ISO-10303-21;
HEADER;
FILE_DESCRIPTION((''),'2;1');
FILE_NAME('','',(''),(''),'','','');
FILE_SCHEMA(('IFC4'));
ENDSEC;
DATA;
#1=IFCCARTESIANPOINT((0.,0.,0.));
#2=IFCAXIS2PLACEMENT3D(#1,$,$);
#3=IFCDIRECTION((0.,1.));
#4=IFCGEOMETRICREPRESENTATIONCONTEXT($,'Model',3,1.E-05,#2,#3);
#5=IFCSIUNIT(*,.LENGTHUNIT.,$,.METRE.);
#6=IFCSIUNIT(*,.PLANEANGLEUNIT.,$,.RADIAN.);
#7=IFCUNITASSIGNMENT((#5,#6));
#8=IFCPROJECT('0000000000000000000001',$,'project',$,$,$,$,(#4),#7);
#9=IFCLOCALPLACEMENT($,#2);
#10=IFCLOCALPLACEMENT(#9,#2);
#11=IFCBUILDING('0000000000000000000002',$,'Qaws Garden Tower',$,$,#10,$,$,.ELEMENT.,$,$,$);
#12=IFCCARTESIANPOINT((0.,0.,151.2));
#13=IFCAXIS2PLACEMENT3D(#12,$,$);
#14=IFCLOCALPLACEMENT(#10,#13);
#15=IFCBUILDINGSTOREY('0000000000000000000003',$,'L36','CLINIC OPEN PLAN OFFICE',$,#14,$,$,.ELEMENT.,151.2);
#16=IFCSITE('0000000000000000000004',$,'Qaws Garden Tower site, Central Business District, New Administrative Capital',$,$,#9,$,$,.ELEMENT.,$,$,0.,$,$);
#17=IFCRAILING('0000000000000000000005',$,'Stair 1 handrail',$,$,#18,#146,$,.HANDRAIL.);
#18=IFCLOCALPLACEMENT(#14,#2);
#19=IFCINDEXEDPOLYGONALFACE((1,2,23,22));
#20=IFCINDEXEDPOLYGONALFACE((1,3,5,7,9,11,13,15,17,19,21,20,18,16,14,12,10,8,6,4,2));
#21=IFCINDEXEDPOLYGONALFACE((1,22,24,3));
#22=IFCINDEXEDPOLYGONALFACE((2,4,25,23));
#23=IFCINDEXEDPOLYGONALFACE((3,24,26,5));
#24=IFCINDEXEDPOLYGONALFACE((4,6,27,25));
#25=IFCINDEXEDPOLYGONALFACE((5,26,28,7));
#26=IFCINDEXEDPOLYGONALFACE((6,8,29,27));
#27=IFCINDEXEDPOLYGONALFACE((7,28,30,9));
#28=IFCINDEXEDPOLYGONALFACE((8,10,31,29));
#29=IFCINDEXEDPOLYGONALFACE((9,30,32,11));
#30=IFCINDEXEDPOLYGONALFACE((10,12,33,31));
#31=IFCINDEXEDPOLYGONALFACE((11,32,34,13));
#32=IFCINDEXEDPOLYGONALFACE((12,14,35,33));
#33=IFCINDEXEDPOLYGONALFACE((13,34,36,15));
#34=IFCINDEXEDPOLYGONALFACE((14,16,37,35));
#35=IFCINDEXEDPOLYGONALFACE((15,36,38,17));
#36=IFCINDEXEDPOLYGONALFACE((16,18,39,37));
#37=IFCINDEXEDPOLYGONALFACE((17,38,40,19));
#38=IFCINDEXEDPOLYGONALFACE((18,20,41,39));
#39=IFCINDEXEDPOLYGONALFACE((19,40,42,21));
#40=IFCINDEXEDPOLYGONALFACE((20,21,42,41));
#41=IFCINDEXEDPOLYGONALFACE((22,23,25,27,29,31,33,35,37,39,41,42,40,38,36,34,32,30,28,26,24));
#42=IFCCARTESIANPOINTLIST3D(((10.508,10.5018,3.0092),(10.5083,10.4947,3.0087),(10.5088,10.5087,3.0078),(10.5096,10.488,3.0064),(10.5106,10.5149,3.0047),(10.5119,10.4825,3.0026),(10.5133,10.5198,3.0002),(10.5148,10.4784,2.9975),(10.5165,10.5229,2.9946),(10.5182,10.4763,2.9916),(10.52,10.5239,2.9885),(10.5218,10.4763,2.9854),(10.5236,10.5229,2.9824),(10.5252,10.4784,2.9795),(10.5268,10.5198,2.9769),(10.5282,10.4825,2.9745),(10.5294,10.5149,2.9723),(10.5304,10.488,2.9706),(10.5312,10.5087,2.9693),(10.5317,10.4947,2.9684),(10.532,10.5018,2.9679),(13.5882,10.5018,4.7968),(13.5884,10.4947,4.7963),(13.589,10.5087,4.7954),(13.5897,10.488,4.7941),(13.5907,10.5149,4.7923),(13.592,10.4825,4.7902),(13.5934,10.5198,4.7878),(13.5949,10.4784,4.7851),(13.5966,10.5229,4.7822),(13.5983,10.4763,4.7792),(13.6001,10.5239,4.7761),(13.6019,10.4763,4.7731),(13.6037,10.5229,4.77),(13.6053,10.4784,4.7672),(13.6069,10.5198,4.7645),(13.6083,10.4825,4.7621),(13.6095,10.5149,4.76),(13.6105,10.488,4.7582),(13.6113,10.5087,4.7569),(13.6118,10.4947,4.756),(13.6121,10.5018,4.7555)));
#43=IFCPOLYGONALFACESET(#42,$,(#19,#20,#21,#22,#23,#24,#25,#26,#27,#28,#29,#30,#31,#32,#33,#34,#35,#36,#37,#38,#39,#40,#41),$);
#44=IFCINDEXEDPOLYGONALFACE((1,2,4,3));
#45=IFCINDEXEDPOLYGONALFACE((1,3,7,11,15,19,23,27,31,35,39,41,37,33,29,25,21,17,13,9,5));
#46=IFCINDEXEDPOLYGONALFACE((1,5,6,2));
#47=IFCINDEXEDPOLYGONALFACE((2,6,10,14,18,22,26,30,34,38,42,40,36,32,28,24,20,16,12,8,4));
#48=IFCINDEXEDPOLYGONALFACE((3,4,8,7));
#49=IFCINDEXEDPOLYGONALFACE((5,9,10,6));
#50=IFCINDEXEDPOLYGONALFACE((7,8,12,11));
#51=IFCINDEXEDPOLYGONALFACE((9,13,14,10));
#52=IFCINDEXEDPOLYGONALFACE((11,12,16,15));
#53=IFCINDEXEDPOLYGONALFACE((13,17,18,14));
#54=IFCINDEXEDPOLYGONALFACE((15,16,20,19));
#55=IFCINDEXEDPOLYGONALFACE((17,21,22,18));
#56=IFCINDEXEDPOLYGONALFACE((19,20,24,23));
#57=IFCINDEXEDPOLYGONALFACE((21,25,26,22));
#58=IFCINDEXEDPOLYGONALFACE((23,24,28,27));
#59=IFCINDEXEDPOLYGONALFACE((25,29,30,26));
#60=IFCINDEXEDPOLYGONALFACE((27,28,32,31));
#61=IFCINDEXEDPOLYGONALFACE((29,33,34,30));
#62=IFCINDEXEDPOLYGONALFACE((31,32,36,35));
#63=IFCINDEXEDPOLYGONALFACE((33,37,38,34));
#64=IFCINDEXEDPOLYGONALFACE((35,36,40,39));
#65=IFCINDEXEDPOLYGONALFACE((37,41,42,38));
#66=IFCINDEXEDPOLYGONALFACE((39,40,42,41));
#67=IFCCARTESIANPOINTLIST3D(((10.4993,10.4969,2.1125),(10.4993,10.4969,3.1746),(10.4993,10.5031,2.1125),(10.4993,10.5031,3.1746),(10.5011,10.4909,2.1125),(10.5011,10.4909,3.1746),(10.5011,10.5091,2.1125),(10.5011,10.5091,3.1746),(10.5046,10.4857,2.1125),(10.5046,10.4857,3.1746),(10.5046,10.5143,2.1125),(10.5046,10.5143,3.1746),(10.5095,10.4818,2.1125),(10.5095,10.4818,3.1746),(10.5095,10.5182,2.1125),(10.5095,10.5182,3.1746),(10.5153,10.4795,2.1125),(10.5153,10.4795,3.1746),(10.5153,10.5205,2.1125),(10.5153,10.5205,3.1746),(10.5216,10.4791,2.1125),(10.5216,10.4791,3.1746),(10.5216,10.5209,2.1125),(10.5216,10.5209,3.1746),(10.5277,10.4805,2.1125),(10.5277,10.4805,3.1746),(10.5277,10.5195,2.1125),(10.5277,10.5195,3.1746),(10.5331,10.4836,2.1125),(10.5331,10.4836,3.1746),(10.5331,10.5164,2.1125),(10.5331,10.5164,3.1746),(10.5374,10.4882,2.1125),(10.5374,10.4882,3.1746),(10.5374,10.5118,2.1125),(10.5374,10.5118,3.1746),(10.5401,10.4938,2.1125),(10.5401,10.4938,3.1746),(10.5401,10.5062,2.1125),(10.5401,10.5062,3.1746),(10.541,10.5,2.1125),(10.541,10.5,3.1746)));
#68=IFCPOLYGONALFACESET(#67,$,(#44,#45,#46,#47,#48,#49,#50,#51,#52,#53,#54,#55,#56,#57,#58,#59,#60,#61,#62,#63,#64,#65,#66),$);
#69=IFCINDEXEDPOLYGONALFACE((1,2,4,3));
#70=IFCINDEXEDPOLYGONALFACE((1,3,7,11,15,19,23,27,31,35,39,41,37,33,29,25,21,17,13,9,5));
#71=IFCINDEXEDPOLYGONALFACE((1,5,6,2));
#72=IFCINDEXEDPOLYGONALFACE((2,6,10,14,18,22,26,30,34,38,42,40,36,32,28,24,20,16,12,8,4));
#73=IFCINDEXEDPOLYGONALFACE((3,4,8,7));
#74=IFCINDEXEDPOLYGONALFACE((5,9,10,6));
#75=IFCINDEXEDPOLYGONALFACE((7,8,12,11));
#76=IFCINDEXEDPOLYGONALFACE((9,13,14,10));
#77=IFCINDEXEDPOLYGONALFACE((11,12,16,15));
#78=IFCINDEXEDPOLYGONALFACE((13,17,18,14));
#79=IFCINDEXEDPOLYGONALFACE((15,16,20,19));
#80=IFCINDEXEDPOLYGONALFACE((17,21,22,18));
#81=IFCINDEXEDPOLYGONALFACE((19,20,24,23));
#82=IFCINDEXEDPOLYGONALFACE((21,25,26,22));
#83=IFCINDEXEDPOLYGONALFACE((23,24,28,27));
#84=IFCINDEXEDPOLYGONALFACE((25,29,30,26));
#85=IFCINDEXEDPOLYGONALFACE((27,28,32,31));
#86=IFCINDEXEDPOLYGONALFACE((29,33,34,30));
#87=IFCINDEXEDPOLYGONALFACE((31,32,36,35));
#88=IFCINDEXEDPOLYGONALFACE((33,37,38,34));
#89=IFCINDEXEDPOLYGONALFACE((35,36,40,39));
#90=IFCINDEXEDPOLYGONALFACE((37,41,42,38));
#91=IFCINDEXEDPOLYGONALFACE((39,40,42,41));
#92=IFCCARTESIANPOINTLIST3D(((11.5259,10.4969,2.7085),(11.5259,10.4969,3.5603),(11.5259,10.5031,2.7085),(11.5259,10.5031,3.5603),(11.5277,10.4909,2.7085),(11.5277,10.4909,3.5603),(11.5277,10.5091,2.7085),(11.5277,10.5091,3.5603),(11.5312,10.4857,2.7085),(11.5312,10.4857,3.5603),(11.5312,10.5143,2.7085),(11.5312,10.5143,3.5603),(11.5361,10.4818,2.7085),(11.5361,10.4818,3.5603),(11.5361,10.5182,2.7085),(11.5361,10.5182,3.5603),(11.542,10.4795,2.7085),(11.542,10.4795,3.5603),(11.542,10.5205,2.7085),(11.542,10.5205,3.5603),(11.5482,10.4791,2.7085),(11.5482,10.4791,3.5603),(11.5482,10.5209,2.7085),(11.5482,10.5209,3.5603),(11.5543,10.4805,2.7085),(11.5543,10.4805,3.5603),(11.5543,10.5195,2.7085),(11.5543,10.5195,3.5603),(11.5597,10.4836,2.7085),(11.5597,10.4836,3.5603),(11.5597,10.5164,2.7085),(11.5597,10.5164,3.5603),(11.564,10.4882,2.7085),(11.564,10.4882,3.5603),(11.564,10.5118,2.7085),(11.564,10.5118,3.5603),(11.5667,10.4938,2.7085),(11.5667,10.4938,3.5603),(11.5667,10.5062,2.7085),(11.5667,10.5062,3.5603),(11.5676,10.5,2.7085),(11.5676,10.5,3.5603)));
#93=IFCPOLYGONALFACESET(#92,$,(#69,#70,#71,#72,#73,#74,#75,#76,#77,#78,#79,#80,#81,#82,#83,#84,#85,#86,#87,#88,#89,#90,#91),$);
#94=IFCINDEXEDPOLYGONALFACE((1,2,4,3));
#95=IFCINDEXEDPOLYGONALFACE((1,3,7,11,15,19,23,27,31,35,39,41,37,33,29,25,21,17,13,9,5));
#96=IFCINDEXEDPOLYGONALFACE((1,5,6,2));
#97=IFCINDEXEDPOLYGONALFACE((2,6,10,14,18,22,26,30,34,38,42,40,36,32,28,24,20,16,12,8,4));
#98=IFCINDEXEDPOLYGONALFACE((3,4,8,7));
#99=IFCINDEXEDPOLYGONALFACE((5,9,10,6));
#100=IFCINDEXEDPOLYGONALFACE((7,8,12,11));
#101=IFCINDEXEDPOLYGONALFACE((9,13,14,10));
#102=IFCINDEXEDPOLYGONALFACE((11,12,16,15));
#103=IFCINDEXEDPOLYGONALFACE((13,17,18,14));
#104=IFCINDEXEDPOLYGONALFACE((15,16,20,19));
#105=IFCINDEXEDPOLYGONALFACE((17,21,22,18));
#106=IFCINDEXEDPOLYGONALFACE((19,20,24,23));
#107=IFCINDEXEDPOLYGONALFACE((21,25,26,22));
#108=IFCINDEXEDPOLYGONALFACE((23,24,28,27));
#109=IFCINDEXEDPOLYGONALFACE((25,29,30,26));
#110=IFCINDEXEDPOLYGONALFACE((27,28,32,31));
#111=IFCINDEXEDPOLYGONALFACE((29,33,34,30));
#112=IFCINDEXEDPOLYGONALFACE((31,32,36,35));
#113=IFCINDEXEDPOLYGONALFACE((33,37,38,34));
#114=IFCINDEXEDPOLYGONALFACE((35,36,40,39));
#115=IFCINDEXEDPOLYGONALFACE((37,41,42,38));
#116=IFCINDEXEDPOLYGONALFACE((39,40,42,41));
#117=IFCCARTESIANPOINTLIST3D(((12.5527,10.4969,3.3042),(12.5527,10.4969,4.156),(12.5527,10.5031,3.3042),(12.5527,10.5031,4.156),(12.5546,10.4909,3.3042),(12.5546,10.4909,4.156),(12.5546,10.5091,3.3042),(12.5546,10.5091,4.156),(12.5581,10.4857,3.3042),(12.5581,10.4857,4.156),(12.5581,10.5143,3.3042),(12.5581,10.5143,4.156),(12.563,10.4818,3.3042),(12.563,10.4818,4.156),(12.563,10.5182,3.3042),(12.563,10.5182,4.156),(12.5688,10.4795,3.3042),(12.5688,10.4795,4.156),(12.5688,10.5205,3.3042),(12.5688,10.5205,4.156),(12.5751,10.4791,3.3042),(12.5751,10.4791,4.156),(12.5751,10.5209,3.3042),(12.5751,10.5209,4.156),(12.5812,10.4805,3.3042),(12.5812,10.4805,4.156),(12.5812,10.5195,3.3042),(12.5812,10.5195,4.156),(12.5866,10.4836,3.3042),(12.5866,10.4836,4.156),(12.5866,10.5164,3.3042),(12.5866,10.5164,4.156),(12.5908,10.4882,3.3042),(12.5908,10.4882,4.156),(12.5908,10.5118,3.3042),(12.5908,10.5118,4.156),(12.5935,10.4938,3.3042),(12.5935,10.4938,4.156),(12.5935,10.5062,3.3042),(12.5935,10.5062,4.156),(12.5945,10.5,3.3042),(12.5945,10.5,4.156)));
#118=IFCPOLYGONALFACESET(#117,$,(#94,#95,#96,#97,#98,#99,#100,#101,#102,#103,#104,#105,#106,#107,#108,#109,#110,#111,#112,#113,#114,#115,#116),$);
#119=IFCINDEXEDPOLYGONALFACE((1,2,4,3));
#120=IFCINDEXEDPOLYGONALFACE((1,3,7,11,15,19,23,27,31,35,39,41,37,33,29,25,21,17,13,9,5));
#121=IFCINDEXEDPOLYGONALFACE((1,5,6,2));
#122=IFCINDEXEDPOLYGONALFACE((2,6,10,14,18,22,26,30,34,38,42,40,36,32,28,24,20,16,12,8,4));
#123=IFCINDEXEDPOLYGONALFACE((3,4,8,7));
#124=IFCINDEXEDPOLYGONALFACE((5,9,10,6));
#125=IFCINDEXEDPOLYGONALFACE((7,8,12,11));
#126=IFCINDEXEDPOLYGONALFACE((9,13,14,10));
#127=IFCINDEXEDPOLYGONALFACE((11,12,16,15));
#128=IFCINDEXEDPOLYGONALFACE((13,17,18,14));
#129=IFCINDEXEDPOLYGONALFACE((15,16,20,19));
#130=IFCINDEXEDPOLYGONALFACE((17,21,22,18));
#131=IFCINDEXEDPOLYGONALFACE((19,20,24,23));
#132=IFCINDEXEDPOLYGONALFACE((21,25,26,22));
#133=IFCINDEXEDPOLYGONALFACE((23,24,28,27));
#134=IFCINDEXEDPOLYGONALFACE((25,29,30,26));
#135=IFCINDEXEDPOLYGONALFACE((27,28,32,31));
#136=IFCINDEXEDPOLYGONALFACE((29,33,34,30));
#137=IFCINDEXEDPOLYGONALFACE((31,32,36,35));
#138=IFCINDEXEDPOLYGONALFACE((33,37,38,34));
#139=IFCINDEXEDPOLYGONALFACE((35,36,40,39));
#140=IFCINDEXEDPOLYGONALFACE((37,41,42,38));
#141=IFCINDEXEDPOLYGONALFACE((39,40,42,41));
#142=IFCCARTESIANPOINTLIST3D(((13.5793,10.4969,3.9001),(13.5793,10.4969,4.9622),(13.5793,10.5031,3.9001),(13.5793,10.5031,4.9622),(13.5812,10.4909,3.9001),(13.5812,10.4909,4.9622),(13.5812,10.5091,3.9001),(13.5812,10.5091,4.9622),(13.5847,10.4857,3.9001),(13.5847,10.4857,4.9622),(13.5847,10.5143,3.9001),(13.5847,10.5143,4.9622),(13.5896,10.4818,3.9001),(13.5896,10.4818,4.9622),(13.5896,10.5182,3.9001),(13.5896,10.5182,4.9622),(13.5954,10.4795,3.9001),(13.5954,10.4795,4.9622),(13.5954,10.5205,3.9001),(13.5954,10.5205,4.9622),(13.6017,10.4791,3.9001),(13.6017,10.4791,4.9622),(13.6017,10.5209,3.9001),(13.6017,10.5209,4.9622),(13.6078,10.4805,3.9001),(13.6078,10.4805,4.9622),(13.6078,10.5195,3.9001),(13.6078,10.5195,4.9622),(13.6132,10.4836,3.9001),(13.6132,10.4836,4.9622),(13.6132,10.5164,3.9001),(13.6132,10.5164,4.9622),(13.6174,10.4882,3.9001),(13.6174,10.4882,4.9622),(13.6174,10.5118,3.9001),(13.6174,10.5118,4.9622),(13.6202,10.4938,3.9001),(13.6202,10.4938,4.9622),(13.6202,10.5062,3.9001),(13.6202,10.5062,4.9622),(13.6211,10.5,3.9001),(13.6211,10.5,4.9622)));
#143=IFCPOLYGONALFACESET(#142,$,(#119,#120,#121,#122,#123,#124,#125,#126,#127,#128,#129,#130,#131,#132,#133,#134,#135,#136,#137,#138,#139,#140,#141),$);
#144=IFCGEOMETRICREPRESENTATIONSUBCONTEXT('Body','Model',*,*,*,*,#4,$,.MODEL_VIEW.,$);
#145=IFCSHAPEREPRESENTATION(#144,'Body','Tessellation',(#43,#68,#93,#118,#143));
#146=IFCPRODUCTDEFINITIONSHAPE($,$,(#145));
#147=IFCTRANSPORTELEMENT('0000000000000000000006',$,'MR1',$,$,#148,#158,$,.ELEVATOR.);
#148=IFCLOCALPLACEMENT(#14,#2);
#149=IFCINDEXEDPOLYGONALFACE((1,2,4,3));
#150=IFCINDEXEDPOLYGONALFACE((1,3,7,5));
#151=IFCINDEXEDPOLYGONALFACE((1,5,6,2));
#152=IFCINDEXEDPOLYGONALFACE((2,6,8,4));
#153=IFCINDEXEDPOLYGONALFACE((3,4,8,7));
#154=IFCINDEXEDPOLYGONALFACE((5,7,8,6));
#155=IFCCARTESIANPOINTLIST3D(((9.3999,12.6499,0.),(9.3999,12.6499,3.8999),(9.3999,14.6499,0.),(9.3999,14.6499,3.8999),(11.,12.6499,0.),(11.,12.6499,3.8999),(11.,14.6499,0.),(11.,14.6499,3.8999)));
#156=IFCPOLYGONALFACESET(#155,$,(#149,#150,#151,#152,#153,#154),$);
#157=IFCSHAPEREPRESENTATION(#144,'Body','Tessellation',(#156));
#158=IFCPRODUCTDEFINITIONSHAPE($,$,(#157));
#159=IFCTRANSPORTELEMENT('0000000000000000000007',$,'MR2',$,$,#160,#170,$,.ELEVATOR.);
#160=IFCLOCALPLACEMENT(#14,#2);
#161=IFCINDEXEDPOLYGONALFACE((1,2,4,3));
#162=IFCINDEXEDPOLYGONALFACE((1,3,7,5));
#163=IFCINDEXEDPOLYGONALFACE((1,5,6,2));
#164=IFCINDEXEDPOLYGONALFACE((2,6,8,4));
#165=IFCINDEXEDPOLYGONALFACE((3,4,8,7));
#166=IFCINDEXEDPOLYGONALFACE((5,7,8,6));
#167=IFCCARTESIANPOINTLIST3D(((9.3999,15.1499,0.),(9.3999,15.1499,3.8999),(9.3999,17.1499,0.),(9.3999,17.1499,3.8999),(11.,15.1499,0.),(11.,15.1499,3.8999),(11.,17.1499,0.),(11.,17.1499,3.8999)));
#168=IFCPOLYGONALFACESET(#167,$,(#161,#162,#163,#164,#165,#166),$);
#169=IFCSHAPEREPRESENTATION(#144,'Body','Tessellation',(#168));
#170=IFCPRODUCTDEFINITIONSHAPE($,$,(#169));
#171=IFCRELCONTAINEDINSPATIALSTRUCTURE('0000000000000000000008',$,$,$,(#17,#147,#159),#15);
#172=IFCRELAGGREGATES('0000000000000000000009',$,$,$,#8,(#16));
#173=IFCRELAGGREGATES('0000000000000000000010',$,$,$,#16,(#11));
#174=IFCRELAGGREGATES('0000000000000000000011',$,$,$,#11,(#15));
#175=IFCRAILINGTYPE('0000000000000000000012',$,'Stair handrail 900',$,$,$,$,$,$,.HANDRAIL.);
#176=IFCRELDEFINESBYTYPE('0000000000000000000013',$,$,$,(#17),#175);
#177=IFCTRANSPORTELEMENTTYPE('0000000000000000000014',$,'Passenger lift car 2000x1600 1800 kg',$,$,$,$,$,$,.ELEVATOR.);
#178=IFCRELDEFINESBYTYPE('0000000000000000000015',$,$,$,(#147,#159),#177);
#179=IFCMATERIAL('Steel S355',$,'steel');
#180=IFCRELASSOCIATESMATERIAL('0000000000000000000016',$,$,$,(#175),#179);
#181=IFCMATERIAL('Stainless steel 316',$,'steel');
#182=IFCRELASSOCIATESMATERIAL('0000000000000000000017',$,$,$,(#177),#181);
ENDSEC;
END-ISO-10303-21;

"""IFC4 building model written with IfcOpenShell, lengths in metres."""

from ifc_helpers import new_model, si_unit, direction, frame, origin, origin_2d, place, context, subcontext, project, spatial, rectangle, circle, extrude, material, type_object, element, save


model = new_model("IFC4")

# Units and contexts
model_context = context("Model", 3, precision=1e-05, world=origin(), true_north=direction((0.0, 1.0)))
body_context = subcontext(model_context, "Body", "Model", "MODEL_VIEW")
ifc_project = project(units=[si_unit("LENGTHUNIT", "METRE"), si_unit("PLANEANGLEUNIT", "RADIAN")], contexts=[model_context])

# Site, building, storey
site_placement = place(None, origin())
site = spatial("IfcSite", under=ifc_project, at=site_placement, Name="Qaws Garden Tower site, Central Business District, New Administrative Capital", CompositionType="ELEMENT", RefElevation=0.0)
building_placement = place(site_placement, origin())
building = spatial("IfcBuilding", under=site, at=building_placement, Name="Qaws Garden Tower", CompositionType="ELEMENT")
storey_placement = place(building_placement, frame((0.0, 0.0, 151.2)))
storey = spatial("IfcBuildingStorey", under=building, at=storey_placement, Name="L36", Description="CLINIC OPEN PLAN OFFICE", CompositionType="ELEMENT", Elevation=151.2)

# Railing
ifc_material_1 = material(Name="Steel S355", Category="steel")
railing_type = type_object("IfcRailingType", Name="Stair handrail 900", PredefinedType="HANDRAIL", material=ifc_material_1)
railing_1_placement = place(storey_placement, frame((10.52, 10.5, 2.1125)))
element("IfcRailing", 1, at=railing_1_placement, inside=storey, type_object=railing_type, Name="Stair 1 handrail", PredefinedType="HANDRAIL", context=body_context, shape_type="SweptSolid", body=[
    extrude(circle(Radius=0.0239, at=origin_2d()), frame((0.0, 0.0, 0.876), z_axis=(0.864891, 0.0, 0.50196), x_axis=(0.0, 1.0, 0.0)), (0.0, 0.0, 1.0), 3.5613),
    extrude(circle(Radius=0.021, at=origin_2d()), origin(), (0.0, 0.0, 1.0), 1.062),
    extrude(circle(Radius=0.021, at=origin_2d()), frame((1.0266, 0.0, 0.5959)), (0.0, 0.0, 1.0), 0.8518),
    extrude(circle(Radius=0.021, at=origin_2d()), frame((2.0535, 0.0, 1.1917)), (0.0, 0.0, 1.0), 0.8518),
    extrude(circle(Radius=0.021, at=origin_2d()), frame((3.0801, 0.0, 1.7876)), (0.0, 0.0, 1.0), 1.062),
])

# Transport elements
ifc_material_2 = material(Name="Stainless steel 316", Category="steel")
transport_element_type = type_object("IfcTransportElementType", Name="Passenger lift car 2000x1600 1800 kg", PredefinedType="ELEVATOR", material=ifc_material_2)
for number, where, z_axis, x_axis, name in (
    (2, (10.2, 13.6499, 0.0), (0.0, 0.0, 1.0), (1.0, 0.0, 0.0), "MR1"),
    (3, (10.2, 16.1499, 0.0), (0.0, 0.0, 1.0), (1.0, 0.0, 0.0), "MR2"),
):
    element("IfcTransportElement", number, at=place(storey_placement, frame(where, z_axis=z_axis, x_axis=x_axis)), inside=storey, type_object=transport_element_type, Name=name, PredefinedType="ELEVATOR", context=body_context, shape_type="SweptSolid", body=[
        extrude(rectangle(XDim=1.6001, YDim=2.0, at=origin_2d()), origin(), (0.0, 0.0, 1.0), 3.8999),
    ])

save(model, "model.ifc")
